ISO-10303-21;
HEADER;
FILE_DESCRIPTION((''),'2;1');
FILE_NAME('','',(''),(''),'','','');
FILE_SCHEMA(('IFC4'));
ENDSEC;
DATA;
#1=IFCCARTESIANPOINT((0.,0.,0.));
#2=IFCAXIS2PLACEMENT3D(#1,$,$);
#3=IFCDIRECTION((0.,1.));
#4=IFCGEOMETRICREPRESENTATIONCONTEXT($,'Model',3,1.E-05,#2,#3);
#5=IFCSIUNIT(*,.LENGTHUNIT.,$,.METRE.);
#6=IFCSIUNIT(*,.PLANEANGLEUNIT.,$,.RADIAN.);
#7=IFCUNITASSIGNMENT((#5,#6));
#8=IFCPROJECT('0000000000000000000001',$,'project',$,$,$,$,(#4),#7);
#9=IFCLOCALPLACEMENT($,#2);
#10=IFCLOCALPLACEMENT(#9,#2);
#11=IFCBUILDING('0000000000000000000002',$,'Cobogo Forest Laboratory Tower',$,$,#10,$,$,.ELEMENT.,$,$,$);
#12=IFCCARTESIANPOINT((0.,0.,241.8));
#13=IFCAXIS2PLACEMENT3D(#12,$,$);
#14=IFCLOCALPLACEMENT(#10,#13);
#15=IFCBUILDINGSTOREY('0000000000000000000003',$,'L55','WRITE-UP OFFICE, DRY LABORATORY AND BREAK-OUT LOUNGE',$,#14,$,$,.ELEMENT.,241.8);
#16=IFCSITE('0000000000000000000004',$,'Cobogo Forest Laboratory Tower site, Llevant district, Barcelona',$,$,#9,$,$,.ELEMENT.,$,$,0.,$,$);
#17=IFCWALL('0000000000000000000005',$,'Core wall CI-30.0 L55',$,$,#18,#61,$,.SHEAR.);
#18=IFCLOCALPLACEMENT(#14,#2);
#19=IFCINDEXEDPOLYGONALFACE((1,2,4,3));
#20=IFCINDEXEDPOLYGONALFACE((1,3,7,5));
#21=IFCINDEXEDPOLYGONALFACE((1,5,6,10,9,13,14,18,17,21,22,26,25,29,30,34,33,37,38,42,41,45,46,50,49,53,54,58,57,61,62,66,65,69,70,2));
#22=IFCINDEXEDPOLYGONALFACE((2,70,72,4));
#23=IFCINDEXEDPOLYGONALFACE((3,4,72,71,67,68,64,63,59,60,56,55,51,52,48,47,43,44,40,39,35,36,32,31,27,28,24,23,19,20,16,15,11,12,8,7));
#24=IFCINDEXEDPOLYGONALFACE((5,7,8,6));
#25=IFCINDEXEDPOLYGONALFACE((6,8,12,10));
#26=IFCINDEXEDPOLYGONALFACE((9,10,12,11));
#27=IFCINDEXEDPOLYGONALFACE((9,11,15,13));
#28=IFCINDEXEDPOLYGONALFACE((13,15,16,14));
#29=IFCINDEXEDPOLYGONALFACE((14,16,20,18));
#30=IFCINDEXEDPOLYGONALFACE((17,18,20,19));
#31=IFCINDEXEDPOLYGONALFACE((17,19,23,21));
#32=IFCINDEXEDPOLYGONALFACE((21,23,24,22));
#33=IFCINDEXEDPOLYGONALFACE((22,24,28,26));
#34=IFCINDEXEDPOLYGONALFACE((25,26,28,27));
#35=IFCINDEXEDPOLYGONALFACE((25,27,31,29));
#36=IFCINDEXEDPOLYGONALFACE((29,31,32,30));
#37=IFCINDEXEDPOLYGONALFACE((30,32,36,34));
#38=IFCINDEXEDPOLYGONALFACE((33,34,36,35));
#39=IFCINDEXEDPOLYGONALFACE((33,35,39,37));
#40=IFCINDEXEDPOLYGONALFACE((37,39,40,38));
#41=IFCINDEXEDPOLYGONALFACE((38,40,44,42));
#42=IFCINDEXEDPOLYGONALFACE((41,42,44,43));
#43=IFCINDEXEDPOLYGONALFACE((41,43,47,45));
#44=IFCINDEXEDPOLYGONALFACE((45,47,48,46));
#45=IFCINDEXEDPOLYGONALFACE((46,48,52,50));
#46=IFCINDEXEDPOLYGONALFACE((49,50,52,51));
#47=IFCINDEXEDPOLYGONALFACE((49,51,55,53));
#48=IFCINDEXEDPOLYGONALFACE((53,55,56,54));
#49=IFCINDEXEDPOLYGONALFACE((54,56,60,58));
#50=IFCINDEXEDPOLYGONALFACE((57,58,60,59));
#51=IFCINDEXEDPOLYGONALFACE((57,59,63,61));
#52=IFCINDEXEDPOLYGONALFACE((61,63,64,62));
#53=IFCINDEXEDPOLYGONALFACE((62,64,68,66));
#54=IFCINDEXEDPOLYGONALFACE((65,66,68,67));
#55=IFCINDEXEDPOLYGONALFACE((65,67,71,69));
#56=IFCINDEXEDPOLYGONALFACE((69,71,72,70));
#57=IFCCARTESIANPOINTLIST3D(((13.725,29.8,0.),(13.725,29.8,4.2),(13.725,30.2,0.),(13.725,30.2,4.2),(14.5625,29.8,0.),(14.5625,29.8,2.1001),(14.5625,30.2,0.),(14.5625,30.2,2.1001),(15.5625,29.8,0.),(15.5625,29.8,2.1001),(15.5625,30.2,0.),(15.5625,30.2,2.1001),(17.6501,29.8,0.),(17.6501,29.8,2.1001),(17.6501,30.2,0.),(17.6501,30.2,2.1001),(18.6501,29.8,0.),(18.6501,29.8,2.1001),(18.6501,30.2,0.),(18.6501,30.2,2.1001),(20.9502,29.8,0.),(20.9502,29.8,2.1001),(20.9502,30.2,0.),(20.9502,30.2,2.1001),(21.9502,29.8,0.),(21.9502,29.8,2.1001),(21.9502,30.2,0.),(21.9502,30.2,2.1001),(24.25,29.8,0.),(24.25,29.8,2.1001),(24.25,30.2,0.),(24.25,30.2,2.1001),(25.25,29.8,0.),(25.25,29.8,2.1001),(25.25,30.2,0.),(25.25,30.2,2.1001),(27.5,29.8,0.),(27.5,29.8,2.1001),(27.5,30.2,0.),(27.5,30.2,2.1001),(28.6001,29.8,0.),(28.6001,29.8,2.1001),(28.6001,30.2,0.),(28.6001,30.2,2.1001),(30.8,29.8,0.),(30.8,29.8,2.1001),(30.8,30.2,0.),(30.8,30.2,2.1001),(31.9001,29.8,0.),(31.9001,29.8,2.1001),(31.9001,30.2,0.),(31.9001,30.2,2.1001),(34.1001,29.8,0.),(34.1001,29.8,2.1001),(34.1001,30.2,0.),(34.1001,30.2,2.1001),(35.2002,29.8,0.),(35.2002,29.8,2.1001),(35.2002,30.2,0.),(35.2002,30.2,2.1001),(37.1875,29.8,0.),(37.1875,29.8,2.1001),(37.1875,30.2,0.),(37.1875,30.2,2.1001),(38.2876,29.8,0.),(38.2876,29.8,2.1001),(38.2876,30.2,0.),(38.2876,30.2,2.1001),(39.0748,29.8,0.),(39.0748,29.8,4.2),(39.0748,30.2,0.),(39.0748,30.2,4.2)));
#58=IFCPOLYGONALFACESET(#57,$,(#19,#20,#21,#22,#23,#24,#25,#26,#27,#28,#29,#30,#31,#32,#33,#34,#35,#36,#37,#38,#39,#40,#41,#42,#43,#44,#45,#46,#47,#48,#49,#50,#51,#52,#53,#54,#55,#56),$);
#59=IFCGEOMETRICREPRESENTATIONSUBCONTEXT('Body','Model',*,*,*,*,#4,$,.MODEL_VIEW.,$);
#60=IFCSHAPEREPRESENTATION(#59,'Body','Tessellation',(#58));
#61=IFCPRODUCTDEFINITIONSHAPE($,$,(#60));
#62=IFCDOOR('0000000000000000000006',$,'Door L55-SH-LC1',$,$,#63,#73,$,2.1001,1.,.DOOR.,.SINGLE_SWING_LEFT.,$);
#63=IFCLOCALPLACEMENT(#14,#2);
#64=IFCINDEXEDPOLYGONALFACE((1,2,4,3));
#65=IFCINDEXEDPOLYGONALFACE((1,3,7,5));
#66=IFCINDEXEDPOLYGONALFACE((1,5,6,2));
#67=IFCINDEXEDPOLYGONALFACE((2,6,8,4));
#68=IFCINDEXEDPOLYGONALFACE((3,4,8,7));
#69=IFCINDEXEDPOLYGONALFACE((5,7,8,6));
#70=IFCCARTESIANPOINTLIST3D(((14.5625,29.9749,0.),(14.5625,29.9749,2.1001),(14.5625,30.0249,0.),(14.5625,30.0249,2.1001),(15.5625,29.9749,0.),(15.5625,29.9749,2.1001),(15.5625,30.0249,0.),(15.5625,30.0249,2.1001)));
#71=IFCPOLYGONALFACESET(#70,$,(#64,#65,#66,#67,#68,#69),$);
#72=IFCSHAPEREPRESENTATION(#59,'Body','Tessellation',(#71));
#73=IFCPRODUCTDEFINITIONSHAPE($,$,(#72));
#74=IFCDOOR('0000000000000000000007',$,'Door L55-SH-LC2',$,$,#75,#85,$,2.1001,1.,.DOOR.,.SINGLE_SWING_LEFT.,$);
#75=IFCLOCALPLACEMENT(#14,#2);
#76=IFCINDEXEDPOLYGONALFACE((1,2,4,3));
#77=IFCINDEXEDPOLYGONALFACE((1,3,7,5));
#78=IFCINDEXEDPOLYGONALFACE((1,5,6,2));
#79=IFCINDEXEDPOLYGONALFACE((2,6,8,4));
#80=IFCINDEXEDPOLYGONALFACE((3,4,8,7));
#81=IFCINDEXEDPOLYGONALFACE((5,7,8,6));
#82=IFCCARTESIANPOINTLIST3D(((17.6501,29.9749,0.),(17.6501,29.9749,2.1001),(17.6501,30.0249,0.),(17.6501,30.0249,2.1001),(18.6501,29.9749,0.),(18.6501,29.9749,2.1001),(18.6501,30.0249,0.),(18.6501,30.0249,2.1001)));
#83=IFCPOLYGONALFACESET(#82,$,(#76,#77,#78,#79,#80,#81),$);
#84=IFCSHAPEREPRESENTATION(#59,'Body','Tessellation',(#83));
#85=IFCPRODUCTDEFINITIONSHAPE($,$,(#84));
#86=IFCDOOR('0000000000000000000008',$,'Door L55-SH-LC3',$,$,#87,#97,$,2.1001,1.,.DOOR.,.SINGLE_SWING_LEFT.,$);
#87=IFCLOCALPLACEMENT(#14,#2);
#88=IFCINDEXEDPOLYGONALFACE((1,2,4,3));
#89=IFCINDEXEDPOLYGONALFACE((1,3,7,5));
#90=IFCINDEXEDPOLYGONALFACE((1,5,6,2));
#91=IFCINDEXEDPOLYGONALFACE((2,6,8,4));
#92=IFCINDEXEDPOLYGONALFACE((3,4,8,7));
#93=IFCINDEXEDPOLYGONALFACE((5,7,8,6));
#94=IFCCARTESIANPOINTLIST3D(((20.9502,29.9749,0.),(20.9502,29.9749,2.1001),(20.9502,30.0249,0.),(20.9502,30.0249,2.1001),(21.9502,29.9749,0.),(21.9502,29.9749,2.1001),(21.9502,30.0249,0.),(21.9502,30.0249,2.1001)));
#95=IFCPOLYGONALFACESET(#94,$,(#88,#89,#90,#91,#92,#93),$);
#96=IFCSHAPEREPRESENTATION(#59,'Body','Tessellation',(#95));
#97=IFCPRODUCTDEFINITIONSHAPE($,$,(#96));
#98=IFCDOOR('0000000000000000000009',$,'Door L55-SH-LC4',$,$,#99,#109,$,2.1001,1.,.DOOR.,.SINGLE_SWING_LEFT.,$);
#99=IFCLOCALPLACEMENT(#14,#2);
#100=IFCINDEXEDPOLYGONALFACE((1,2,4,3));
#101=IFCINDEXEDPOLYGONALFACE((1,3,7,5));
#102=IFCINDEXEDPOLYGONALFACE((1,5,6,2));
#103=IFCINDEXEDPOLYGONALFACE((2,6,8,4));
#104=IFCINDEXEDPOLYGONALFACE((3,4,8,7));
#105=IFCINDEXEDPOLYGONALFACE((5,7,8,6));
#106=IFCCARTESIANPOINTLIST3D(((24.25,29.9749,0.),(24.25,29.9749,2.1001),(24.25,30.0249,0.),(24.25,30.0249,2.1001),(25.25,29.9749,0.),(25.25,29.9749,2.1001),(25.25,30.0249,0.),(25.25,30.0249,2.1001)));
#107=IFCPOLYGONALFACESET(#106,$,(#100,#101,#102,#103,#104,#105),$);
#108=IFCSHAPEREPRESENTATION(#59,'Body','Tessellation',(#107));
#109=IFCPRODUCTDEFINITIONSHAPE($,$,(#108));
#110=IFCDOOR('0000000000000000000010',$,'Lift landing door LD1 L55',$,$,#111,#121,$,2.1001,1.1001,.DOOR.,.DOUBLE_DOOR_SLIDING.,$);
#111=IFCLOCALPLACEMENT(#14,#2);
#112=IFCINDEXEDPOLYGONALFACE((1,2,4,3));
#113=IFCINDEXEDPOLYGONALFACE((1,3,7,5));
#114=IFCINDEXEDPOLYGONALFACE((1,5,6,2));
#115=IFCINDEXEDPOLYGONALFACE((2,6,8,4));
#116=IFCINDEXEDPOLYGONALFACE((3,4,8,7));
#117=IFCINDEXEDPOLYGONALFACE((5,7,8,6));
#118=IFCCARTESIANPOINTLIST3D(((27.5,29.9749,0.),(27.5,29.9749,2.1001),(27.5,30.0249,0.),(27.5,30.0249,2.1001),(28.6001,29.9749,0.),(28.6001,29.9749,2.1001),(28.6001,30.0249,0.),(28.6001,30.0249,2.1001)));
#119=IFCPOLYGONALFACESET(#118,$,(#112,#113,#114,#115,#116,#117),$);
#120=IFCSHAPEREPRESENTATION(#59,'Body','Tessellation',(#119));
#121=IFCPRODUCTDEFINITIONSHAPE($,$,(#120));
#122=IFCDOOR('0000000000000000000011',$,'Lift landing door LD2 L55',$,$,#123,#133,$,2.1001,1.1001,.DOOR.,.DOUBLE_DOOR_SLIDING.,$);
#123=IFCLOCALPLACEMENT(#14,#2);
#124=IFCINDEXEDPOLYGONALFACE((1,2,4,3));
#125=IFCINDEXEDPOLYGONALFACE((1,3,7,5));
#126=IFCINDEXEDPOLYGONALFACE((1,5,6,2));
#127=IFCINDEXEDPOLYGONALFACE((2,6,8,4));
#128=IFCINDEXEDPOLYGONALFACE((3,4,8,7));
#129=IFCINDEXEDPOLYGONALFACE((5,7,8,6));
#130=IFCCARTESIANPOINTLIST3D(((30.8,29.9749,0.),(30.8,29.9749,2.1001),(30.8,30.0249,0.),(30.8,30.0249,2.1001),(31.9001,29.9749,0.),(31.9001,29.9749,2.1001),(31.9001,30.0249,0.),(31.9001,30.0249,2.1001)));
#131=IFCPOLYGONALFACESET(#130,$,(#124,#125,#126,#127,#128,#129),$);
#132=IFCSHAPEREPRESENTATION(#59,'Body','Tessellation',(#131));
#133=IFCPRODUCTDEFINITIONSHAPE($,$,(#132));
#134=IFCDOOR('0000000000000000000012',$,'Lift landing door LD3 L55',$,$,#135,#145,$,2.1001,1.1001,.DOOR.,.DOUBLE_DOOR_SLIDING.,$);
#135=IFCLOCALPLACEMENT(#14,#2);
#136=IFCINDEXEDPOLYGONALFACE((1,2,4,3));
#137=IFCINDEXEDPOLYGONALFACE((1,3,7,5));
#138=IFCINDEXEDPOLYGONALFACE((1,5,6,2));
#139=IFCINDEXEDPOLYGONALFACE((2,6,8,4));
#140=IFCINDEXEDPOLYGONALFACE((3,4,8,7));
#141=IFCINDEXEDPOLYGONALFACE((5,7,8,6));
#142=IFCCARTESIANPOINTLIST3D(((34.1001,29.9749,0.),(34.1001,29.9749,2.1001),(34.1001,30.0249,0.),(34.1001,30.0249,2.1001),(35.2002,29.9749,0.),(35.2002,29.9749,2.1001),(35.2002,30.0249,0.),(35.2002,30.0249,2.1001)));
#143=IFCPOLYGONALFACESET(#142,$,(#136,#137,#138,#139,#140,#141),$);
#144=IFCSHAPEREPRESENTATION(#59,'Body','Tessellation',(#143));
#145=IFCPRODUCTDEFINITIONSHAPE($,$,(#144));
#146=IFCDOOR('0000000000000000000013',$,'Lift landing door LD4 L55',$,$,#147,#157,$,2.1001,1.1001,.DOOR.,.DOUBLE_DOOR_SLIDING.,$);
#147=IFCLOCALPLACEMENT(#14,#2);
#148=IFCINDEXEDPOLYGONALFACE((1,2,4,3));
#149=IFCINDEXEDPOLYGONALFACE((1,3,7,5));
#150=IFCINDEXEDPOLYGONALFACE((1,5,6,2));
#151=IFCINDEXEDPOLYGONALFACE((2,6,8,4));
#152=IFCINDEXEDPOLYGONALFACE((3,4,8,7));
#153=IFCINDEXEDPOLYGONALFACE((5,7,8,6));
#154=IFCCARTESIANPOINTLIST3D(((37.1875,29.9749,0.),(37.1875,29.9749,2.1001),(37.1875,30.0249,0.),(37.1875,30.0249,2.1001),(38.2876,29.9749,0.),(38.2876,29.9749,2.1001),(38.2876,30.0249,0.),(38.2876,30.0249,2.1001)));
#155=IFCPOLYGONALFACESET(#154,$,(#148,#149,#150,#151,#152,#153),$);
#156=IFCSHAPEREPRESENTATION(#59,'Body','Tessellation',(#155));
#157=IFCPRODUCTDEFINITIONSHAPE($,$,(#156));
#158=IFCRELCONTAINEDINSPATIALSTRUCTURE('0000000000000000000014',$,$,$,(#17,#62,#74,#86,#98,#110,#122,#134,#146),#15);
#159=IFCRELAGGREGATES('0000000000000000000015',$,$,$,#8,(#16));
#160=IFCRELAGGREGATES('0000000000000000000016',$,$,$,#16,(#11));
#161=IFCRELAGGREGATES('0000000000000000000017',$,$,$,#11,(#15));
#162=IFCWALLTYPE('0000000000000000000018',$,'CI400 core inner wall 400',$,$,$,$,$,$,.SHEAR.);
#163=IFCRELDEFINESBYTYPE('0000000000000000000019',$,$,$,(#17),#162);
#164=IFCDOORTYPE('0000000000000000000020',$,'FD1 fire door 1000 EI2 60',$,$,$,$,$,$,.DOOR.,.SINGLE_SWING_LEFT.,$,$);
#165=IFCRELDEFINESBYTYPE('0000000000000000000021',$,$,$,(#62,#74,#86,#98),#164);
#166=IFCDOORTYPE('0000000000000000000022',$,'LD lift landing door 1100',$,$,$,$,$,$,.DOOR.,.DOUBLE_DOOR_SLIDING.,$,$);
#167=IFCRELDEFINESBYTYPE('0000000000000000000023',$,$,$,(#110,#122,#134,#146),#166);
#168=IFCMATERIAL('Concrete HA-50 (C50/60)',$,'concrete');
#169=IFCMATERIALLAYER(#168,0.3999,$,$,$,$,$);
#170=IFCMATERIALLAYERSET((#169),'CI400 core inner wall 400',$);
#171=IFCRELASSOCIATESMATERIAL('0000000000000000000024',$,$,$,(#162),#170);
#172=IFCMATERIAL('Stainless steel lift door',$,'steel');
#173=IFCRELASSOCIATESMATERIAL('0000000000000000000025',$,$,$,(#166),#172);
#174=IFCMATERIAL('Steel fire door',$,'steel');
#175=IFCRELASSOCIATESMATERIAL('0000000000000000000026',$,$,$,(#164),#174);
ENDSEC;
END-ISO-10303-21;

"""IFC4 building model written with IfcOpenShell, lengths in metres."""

from ifc_helpers import new_model, si_unit, direction, frame, frame_2d, origin, place, context, subcontext, project, spatial, rectangle, extrude, material, layer, layer_set, type_object, element, fill, save


model = new_model("IFC4")

# Units and contexts
model_context = context("Model", 3, precision=1e-05, world=origin(), true_north=direction((0.0, 1.0)))
body_context = subcontext(model_context, "Body", "Model", "MODEL_VIEW")
ifc_project = project(units=[si_unit("LENGTHUNIT", "METRE"), si_unit("PLANEANGLEUNIT", "RADIAN")], contexts=[model_context])

# Site, building, storey
site_placement = place(None, origin())
site = spatial("IfcSite", under=ifc_project, at=site_placement, Name="Cobogo Forest Laboratory Tower site, Llevant district, Barcelona", CompositionType="ELEMENT", RefElevation=0.0)
building_placement = place(site_placement, origin())
building = spatial("IfcBuilding", under=site, at=building_placement, Name="Cobogo Forest Laboratory Tower", CompositionType="ELEMENT")
storey_placement = place(building_placement, frame((0.0, 0.0, 241.8)))
storey = spatial("IfcBuildingStorey", under=building, at=storey_placement, Name="L55", Description="WRITE-UP OFFICE, DRY LABORATORY AND BREAK-OUT LOUNGE", CompositionType="ELEMENT", Elevation=241.8)

# Shared definitions
ifc_material_1 = material(Name="Concrete HA-50 (C50/60)", Category="concrete")
ifc_layer_1 = layer(ifc_material_1, 0.3999)
ifc_layer_set_1 = layer_set([ifc_layer_1], Name="CI400 core inner wall 400")
wall_type_1 = type_object("IfcWallType", Name="CI400 core inner wall 400", PredefinedType="SHEAR", material=ifc_layer_set_1)

# Wall, openings, doors
ifc_material_2 = material(Name="Steel fire door", Category="steel")
ifc_material_3 = material(Name="Stainless steel lift door", Category="steel")
door_type_1 = type_object("IfcDoorType", Name="LD lift landing door 1100", OperationType="DOUBLE_DOOR_SLIDING", PredefinedType="DOOR", material=ifc_material_3)
wall_1_placement = place(storey_placement, frame((13.7251, 30.0, 0.0), z_axis=(0.0, 0.0, 1.0), x_axis=(1.0, 0.0, 0.0)))
wall_1 = element("IfcWall", 1, at=wall_1_placement, inside=storey, type_object=wall_type_1, Name="Core wall CI-30.0 L55", PredefinedType="SHEAR", context=body_context, shape_type="SweptSolid", body=[
    extrude(rectangle(XDim=25.3499, YDim=0.3999, at=frame_2d((12.6748, 0.0))), origin(), (0.0, 0.0, 1.0), 4.2),
])
opening_1_placement = place(wall_1_placement, frame((0.8374, 0.0, 0.0)))
opening_1 = element("IfcOpeningElement", 2, at=opening_1_placement, cuts=wall_1, PredefinedType="OPENING", context=body_context, shape_type="SweptSolid", body=[
    extrude(rectangle(XDim=1.0, YDim=2.1001, at=frame_2d((0.5, 1.05))), frame((0.0, 0.21, 0.0), z_axis=(0.0, -1.0, 0.0), x_axis=(1.0, 0.0, 0.0)), (0.0, 0.0, 1.0), 0.4199),
])
opening_2_placement = place(wall_1_placement, frame((3.925, 0.0, 0.0)))
opening_2 = element("IfcOpeningElement", 3, at=opening_2_placement, cuts=wall_1, PredefinedType="OPENING", context=body_context, shape_type="SweptSolid", body=[
    extrude(rectangle(XDim=1.0, YDim=2.1001, at=frame_2d((0.5, 1.05))), frame((0.0, 0.21, 0.0), z_axis=(0.0, -1.0, 0.0), x_axis=(1.0, 0.0, 0.0)), (0.0, 0.0, 1.0), 0.4199),
])
opening_3_placement = place(wall_1_placement, frame((7.2251, 0.0, 0.0)))
opening_3 = element("IfcOpeningElement", 4, at=opening_3_placement, cuts=wall_1, PredefinedType="OPENING", context=body_context, shape_type="SweptSolid", body=[
    extrude(rectangle(XDim=1.0, YDim=2.1001, at=frame_2d((0.5, 1.05))), frame((0.0, 0.21, 0.0), z_axis=(0.0, -1.0, 0.0), x_axis=(1.0, 0.0, 0.0)), (0.0, 0.0, 1.0), 0.4199),
])
opening_4_placement = place(wall_1_placement, frame((10.5249, 0.0, 0.0)))
opening_4 = element("IfcOpeningElement", 5, at=opening_4_placement, cuts=wall_1, PredefinedType="OPENING", context=body_context, shape_type="SweptSolid", body=[
    extrude(rectangle(XDim=1.0, YDim=2.1001, at=frame_2d((0.5, 1.05))), frame((0.0, 0.21, 0.0), z_axis=(0.0, -1.0, 0.0), x_axis=(1.0, 0.0, 0.0)), (0.0, 0.0, 1.0), 0.4199),
])
opening_5_placement = place(wall_1_placement, frame((13.7749, 0.0, 0.0)))
opening_5 = element("IfcOpeningElement", 6, at=opening_5_placement, cuts=wall_1, PredefinedType="OPENING", context=body_context, shape_type="SweptSolid", body=[
    extrude(rectangle(XDim=1.1001, YDim=2.1001, at=frame_2d((0.55, 1.05))), frame((0.0, 0.21, 0.0), z_axis=(0.0, -1.0, 0.0), x_axis=(1.0, 0.0, 0.0)), (0.0, 0.0, 1.0), 0.4199),
])
opening_6_placement = place(wall_1_placement, frame((17.075, 0.0, 0.0)))
opening_6 = element("IfcOpeningElement", 7, at=opening_6_placement, cuts=wall_1, PredefinedType="OPENING", context=body_context, shape_type="SweptSolid", body=[
    extrude(rectangle(XDim=1.1001, YDim=2.1001, at=frame_2d((0.55, 1.05))), frame((0.0, 0.21, 0.0), z_axis=(0.0, -1.0, 0.0), x_axis=(1.0, 0.0, 0.0)), (0.0, 0.0, 1.0), 0.4199),
])
opening_7_placement = place(wall_1_placement, frame((20.375, 0.0, 0.0)))
opening_7 = element("IfcOpeningElement", 8, at=opening_7_placement, cuts=wall_1, PredefinedType="OPENING", context=body_context, shape_type="SweptSolid", body=[
    extrude(rectangle(XDim=1.1001, YDim=2.1001, at=frame_2d((0.55, 1.05))), frame((0.0, 0.21, 0.0), z_axis=(0.0, -1.0, 0.0), x_axis=(1.0, 0.0, 0.0)), (0.0, 0.0, 1.0), 0.4199),
])
opening_8_placement = place(wall_1_placement, frame((23.4624, 0.0, 0.0)))
opening_8 = element("IfcOpeningElement", 9, at=opening_8_placement, cuts=wall_1, PredefinedType="OPENING", context=body_context, shape_type="SweptSolid", body=[
    extrude(rectangle(XDim=1.1001, YDim=2.1001, at=frame_2d((0.55, 1.05))), frame((0.0, 0.21, 0.0), z_axis=(0.0, -1.0, 0.0), x_axis=(1.0, 0.0, 0.0)), (0.0, 0.0, 1.0), 0.4199),
])
door_type_2 = type_object("IfcDoorType", Name="FD1 fire door 1000 EI2 60", OperationType="SINGLE_SWING_LEFT", PredefinedType="DOOR", material=ifc_material_2)
door_1_placement = place(opening_1_placement, origin())
door_1 = element("IfcDoor", 10, at=door_1_placement, inside=storey, type_object=door_type_2, Name="Door L55-SH-LC1", OperationType="SINGLE_SWING_LEFT", OverallHeight=2.1001, OverallWidth=1.0, PredefinedType="DOOR", context=body_context, shape_type="SweptSolid", body=[
    extrude(rectangle(XDim=1.0, YDim=2.1001, at=frame_2d((0.5, 1.05))), frame((0.0, 0.0249, 0.0), z_axis=(0.0, -1.0, 0.0), x_axis=(1.0, 0.0, 0.0)), (0.0, 0.0, 1.0), 0.05),
])
fill(opening_1, door_1)
door_2_placement = place(opening_2_placement, origin())
door_2 = element("IfcDoor", 11, at=door_2_placement, inside=storey, type_object=door_type_2, Name="Door L55-SH-LC2", OperationType="SINGLE_SWING_LEFT", OverallHeight=2.1001, OverallWidth=1.0, PredefinedType="DOOR", context=body_context, shape_type="SweptSolid", body=[
    extrude(rectangle(XDim=1.0, YDim=2.1001, at=frame_2d((0.5, 1.05))), frame((0.0, 0.0249, 0.0), z_axis=(0.0, -1.0, 0.0), x_axis=(1.0, 0.0, 0.0)), (0.0, 0.0, 1.0), 0.05),
])
fill(opening_2, door_2)
door_3_placement = place(opening_3_placement, origin())
door_3 = element("IfcDoor", 12, at=door_3_placement, inside=storey, type_object=door_type_2, Name="Door L55-SH-LC3", OperationType="SINGLE_SWING_LEFT", OverallHeight=2.1001, OverallWidth=1.0, PredefinedType="DOOR", context=body_context, shape_type="SweptSolid", body=[
    extrude(rectangle(XDim=1.0, YDim=2.1001, at=frame_2d((0.5, 1.05))), frame((0.0, 0.0249, 0.0), z_axis=(0.0, -1.0, 0.0), x_axis=(1.0, 0.0, 0.0)), (0.0, 0.0, 1.0), 0.05),
])
fill(opening_3, door_3)
door_4_placement = place(opening_4_placement, origin())
door_4 = element("IfcDoor", 13, at=door_4_placement, inside=storey, type_object=door_type_2, Name="Door L55-SH-LC4", OperationType="SINGLE_SWING_LEFT", OverallHeight=2.1001, OverallWidth=1.0, PredefinedType="DOOR", context=body_context, shape_type="SweptSolid", body=[
    extrude(rectangle(XDim=1.0, YDim=2.1001, at=frame_2d((0.5, 1.05))), frame((0.0, 0.0249, 0.0), z_axis=(0.0, -1.0, 0.0), x_axis=(1.0, 0.0, 0.0)), (0.0, 0.0, 1.0), 0.05),
])
fill(opening_4, door_4)
door_5_placement = place(opening_5_placement, origin())
door_5 = element("IfcDoor", 14, at=door_5_placement, inside=storey, type_object=door_type_1, Name="Lift landing door LD1 L55", OperationType="DOUBLE_DOOR_SLIDING", OverallHeight=2.1001, OverallWidth=1.1001, PredefinedType="DOOR", context=body_context, shape_type="SweptSolid", body=[
    extrude(rectangle(XDim=1.1001, YDim=2.1001, at=frame_2d((0.55, 1.05))), frame((0.0, 0.0249, 0.0), z_axis=(0.0, -1.0, 0.0), x_axis=(1.0, 0.0, 0.0)), (0.0, 0.0, 1.0), 0.05),
])
fill(opening_5, door_5)
door_6_placement = place(opening_6_placement, origin())
door_6 = element("IfcDoor", 15, at=door_6_placement, inside=storey, type_object=door_type_1, Name="Lift landing door LD2 L55", OperationType="DOUBLE_DOOR_SLIDING", OverallHeight=2.1001, OverallWidth=1.1001, PredefinedType="DOOR", context=body_context, shape_type="SweptSolid", body=[
    extrude(rectangle(XDim=1.1001, YDim=2.1001, at=frame_2d((0.55, 1.05))), frame((0.0, 0.0249, 0.0), z_axis=(0.0, -1.0, 0.0), x_axis=(1.0, 0.0, 0.0)), (0.0, 0.0, 1.0), 0.05),
])
fill(opening_6, door_6)
door_7_placement = place(opening_7_placement, origin())
door_7 = element("IfcDoor", 16, at=door_7_placement, inside=storey, type_object=door_type_1, Name="Lift landing door LD3 L55", OperationType="DOUBLE_DOOR_SLIDING", OverallHeight=2.1001, OverallWidth=1.1001, PredefinedType="DOOR", context=body_context, shape_type="SweptSolid", body=[
    extrude(rectangle(XDim=1.1001, YDim=2.1001, at=frame_2d((0.55, 1.05))), frame((0.0, 0.0249, 0.0), z_axis=(0.0, -1.0, 0.0), x_axis=(1.0, 0.0, 0.0)), (0.0, 0.0, 1.0), 0.05),
])
fill(opening_7, door_7)
door_8_placement = place(opening_8_placement, origin())
door_8 = element("IfcDoor", 17, at=door_8_placement, inside=storey, type_object=door_type_1, Name="Lift landing door LD4 L55", OperationType="DOUBLE_DOOR_SLIDING", OverallHeight=2.1001, OverallWidth=1.1001, PredefinedType="DOOR", context=body_context, shape_type="SweptSolid", body=[
    extrude(rectangle(XDim=1.1001, YDim=2.1001, at=frame_2d((0.55, 1.05))), frame((0.0, 0.0249, 0.0), z_axis=(0.0, -1.0, 0.0), x_axis=(1.0, 0.0, 0.0)), (0.0, 0.0, 1.0), 0.05),
])
fill(opening_8, door_8)

save(model, "model.ifc")
